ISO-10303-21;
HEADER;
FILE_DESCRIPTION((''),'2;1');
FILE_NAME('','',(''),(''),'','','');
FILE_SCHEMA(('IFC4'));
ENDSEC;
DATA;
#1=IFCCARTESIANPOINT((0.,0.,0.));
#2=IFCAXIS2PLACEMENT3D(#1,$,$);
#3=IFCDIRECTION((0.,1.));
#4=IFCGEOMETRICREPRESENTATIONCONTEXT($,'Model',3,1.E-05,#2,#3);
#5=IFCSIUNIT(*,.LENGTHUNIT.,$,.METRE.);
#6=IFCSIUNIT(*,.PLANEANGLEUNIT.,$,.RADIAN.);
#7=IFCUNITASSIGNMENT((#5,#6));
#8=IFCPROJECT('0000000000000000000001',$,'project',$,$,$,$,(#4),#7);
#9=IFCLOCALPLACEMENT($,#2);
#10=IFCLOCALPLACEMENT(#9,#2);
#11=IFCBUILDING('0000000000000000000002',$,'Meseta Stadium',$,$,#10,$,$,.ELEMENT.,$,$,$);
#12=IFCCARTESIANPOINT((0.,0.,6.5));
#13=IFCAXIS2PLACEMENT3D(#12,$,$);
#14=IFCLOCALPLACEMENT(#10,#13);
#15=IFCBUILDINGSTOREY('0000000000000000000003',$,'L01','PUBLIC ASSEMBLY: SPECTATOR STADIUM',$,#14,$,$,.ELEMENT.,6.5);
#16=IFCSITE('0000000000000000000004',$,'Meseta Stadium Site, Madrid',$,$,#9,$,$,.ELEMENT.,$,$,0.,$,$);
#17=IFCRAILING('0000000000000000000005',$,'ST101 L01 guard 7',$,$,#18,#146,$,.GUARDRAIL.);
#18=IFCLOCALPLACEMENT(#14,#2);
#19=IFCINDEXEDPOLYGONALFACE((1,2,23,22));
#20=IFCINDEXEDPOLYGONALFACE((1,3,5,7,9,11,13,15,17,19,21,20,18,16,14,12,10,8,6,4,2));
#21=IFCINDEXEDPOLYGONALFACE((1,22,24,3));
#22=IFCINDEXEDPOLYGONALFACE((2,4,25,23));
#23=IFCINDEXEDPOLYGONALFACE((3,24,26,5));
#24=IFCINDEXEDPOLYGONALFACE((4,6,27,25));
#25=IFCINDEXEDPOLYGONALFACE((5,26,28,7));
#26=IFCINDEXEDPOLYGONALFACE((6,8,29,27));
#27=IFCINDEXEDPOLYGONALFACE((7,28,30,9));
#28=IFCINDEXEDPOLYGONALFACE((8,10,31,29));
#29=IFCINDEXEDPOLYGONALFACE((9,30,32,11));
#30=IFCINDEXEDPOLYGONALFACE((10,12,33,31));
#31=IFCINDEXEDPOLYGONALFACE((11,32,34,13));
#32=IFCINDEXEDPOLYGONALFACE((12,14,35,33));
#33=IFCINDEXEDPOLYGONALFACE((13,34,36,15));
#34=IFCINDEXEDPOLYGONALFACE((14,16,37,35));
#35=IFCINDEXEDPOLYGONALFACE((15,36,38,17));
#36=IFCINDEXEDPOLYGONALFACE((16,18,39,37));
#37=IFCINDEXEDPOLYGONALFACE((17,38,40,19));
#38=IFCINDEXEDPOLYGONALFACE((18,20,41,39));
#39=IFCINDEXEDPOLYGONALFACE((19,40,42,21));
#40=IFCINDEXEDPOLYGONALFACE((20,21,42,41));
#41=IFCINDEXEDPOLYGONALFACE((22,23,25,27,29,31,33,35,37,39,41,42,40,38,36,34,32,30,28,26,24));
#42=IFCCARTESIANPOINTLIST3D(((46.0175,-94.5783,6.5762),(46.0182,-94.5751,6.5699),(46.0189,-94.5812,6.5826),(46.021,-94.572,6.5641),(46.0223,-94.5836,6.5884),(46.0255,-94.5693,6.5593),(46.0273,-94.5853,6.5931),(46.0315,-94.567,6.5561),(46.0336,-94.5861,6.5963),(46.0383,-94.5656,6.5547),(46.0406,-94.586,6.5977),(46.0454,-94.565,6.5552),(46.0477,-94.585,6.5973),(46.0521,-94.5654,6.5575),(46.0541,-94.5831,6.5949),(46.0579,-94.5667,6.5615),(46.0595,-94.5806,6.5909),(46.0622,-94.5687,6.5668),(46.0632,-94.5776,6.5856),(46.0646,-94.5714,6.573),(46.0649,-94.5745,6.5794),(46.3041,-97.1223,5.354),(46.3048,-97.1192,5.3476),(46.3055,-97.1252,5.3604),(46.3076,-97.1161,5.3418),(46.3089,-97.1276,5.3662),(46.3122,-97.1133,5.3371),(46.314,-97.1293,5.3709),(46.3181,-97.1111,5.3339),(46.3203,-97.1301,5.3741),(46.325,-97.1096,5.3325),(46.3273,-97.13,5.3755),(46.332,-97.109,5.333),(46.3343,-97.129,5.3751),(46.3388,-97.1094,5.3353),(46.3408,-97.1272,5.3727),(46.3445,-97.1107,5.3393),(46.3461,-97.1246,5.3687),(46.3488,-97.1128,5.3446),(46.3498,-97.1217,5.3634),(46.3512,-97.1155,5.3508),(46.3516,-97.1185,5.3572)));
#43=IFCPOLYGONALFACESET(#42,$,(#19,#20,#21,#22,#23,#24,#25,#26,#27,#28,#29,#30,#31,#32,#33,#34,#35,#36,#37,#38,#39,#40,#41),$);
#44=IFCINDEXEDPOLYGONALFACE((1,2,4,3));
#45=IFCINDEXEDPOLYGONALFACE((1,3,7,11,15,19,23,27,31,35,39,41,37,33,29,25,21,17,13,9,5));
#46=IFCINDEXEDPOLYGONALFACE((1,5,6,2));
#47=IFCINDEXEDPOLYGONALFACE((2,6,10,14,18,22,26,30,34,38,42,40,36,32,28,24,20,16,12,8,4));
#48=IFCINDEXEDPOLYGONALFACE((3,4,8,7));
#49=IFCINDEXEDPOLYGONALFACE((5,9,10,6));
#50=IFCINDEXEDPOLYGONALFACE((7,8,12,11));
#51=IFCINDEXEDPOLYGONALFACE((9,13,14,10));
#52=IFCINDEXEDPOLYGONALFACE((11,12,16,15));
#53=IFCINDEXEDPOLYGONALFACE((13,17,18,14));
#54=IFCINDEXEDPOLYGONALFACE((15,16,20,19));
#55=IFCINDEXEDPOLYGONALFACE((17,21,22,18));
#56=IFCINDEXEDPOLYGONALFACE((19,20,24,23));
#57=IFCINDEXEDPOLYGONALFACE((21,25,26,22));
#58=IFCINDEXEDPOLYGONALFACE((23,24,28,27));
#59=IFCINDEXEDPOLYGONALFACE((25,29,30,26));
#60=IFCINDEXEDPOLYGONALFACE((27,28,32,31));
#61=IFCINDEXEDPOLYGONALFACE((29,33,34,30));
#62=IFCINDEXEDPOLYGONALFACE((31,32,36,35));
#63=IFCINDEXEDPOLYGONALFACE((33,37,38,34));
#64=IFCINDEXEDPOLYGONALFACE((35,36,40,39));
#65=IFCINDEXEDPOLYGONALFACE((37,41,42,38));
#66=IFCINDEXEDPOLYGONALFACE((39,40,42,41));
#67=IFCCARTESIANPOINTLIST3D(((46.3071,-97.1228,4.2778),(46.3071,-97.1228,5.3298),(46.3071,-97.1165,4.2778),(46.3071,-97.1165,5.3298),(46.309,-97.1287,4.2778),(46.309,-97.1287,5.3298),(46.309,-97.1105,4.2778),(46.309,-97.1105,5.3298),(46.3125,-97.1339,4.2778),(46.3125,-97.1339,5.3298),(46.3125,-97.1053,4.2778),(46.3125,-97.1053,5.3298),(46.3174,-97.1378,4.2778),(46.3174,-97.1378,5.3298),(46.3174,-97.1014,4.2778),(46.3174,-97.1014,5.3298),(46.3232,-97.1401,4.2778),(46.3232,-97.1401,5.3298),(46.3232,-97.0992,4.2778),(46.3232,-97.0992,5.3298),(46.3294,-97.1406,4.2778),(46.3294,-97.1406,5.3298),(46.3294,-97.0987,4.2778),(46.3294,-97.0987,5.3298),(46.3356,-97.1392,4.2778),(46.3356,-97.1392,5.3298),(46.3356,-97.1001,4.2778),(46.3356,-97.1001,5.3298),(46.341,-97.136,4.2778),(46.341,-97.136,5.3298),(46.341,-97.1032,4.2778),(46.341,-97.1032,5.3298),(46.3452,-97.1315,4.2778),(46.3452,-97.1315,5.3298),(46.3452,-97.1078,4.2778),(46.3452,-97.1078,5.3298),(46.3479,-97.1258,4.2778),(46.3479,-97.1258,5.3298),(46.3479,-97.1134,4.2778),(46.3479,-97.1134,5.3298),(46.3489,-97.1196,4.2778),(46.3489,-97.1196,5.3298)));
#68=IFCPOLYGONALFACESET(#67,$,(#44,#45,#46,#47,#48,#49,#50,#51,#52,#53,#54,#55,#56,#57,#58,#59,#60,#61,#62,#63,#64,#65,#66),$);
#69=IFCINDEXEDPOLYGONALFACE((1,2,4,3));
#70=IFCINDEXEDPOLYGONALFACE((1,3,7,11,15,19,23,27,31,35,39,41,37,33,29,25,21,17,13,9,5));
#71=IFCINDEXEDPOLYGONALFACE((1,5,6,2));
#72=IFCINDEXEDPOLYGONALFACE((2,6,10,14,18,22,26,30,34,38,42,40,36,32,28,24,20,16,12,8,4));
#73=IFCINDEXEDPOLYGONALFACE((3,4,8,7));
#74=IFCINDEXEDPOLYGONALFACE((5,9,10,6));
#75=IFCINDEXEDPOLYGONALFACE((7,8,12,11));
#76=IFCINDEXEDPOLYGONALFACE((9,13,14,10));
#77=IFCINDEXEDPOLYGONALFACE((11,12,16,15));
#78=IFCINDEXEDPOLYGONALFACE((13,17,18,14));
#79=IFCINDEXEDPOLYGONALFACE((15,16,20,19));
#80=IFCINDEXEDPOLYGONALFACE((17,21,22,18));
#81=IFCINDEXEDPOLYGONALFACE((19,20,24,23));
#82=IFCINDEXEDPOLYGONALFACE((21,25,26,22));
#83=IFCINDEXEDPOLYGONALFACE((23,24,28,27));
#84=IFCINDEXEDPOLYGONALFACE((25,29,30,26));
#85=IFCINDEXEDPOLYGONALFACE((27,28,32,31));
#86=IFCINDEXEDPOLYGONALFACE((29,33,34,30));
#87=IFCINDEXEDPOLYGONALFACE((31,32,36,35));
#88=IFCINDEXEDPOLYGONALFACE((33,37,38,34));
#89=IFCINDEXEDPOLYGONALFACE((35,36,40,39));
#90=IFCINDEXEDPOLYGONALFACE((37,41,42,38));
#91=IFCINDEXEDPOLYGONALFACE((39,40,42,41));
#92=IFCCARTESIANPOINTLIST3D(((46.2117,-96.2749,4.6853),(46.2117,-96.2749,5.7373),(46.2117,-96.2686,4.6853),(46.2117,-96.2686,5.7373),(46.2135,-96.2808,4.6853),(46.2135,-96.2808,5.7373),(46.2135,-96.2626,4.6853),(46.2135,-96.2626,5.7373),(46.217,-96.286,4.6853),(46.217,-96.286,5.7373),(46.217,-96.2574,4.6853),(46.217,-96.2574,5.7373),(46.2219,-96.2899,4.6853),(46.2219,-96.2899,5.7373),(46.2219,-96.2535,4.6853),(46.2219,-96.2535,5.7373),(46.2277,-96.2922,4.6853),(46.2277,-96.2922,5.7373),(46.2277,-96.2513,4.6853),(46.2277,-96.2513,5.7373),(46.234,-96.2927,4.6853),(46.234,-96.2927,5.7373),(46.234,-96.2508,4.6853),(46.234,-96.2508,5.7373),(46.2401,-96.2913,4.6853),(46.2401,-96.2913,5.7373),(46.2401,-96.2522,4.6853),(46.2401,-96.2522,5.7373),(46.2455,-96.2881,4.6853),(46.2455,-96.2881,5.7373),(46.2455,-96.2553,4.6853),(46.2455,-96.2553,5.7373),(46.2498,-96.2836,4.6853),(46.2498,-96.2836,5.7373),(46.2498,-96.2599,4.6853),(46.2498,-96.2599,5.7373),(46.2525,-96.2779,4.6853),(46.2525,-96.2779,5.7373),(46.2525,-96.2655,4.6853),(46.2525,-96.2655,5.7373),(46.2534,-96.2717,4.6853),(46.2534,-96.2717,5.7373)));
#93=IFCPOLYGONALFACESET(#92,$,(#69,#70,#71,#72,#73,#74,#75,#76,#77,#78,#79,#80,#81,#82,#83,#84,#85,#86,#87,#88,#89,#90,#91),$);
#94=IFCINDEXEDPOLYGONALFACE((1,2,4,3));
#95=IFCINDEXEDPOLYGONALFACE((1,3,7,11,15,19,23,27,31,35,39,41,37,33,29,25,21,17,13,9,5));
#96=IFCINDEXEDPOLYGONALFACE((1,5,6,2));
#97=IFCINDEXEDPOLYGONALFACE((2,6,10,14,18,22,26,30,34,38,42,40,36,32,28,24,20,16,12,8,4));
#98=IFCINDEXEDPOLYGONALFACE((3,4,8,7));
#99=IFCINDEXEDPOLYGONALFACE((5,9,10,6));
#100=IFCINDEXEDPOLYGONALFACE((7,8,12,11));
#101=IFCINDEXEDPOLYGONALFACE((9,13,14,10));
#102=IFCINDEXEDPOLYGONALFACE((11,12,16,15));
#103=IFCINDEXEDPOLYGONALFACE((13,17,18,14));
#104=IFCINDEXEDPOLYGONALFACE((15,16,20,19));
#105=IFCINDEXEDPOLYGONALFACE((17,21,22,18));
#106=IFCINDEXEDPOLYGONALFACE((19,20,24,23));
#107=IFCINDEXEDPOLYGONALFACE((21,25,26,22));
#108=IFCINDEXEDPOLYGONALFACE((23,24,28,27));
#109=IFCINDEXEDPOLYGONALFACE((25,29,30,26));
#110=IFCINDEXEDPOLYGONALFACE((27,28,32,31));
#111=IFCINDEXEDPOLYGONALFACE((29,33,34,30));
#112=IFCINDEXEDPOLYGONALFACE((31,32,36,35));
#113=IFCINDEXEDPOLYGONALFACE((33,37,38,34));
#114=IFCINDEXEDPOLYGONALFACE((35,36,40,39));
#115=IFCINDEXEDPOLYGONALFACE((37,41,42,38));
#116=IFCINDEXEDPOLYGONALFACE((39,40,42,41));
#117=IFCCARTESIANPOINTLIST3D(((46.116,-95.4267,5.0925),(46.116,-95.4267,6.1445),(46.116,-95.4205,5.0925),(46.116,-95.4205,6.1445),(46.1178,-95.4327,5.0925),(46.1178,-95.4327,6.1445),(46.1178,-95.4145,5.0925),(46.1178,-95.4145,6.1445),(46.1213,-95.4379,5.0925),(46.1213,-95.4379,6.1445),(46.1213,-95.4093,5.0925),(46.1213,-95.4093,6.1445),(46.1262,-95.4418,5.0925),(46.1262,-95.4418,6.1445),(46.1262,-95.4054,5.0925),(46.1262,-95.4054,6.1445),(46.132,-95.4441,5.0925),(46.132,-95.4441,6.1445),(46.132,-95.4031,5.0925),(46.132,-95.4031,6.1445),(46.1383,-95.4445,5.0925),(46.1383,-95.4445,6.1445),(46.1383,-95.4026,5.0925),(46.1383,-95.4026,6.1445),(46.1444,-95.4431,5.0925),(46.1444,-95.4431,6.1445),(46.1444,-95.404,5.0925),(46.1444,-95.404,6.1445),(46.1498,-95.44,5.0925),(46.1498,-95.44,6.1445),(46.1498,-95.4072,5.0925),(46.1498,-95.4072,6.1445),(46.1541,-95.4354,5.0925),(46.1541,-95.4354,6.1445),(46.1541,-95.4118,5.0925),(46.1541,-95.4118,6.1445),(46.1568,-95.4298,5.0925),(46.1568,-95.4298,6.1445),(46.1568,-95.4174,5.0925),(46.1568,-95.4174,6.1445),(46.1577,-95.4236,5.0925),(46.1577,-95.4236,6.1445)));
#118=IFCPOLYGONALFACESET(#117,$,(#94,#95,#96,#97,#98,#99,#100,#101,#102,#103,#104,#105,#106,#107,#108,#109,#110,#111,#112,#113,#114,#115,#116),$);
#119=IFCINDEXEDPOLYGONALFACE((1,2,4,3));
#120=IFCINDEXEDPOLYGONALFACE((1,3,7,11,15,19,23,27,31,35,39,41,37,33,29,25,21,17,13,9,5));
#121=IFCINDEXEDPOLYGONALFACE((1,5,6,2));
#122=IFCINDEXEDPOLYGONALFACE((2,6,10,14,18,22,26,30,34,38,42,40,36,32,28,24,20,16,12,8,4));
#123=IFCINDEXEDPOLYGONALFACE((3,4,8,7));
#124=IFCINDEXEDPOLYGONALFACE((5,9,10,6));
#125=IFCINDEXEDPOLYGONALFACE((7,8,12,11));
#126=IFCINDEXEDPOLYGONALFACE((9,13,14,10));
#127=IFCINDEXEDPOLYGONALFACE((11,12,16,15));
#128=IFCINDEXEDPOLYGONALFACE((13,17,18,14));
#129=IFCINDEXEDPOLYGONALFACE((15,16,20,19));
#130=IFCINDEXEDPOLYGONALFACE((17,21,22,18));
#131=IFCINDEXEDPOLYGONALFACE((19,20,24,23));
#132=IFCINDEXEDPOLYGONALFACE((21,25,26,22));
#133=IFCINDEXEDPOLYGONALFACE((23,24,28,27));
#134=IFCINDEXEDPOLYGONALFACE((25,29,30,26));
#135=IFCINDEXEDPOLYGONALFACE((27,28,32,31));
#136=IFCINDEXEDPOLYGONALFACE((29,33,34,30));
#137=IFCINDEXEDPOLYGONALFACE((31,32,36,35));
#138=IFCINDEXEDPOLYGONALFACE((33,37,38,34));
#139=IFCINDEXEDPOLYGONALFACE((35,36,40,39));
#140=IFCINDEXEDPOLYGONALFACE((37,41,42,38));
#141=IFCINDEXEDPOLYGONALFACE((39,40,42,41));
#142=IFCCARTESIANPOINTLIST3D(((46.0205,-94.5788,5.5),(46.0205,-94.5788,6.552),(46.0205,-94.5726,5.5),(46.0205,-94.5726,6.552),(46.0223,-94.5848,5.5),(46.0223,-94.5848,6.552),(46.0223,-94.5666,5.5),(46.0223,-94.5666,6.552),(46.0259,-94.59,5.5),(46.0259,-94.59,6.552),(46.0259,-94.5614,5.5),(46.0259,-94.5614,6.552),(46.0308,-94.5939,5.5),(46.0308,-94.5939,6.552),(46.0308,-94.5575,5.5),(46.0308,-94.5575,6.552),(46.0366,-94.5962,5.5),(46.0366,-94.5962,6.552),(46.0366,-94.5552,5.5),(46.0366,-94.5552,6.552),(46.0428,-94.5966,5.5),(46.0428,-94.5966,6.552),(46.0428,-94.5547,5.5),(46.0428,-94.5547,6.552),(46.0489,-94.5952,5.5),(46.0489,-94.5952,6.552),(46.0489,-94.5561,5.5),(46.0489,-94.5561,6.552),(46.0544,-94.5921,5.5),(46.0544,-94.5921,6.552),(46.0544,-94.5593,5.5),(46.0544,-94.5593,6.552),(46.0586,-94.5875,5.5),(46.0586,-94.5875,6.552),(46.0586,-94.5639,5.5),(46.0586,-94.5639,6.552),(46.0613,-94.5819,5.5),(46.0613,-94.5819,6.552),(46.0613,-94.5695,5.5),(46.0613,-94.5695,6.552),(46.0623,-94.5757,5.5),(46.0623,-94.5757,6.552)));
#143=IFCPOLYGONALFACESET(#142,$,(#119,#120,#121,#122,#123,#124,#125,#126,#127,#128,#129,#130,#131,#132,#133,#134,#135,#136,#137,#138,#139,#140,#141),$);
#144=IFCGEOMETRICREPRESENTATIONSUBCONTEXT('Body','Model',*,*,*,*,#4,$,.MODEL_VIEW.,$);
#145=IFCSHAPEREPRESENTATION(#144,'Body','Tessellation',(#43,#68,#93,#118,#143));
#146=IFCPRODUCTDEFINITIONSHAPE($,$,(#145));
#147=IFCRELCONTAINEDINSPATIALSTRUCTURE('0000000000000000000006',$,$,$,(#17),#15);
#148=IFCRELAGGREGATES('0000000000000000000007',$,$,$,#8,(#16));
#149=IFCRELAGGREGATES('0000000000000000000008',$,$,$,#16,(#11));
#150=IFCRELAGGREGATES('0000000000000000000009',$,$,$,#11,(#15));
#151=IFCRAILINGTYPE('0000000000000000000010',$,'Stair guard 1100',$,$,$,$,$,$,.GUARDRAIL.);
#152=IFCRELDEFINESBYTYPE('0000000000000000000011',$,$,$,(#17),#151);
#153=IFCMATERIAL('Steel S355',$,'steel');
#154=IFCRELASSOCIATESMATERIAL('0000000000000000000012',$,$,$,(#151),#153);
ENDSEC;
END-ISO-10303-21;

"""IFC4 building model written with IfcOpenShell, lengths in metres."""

from ifc_helpers import new_model, si_unit, direction, frame, origin, origin_2d, place, context, subcontext, project, spatial, circle, extrude, material, type_object, element, save


model = new_model("IFC4")

# Units and contexts
model_context = context("Model", 3, precision=1e-05, world=origin(), true_north=direction((0.0, 1.0)))
body_context = subcontext(model_context, "Body", "Model", "MODEL_VIEW")
ifc_project = project(units=[si_unit("LENGTHUNIT", "METRE"), si_unit("PLANEANGLEUNIT", "RADIAN")], contexts=[model_context])

# Site, building, storey
site_placement = place(None, origin())
site = spatial("IfcSite", under=ifc_project, at=site_placement, Name="Meseta Stadium Site, Madrid", CompositionType="ELEMENT", RefElevation=0.0)
building_placement = place(site_placement, origin())
building = spatial("IfcBuilding", under=site, at=building_placement, Name="Meseta Stadium", CompositionType="ELEMENT")
storey_placement = place(building_placement, frame((0.0, 0.0, 6.5)))
storey = spatial("IfcBuildingStorey", under=building, at=storey_placement, Name="L01", Description="PUBLIC ASSEMBLY: SPECTATOR STADIUM", CompositionType="ELEMENT", Elevation=6.5)

# Railing
ifc_material_1 = material(Name="Steel S355", Category="steel")
railing_type_1 = type_object("IfcRailingType", Name="Stair guard 1100", PredefinedType="GUARDRAIL", material=ifc_material_1)
railing_1_placement = place(storey_placement, frame((46.3279, -97.1196, 4.2778)))
element("IfcRailing", 1, at=railing_1_placement, inside=storey, type_object=railing_type_1, Name="ST101 L01 guard 7", PredefinedType="GUARDRAIL", context=body_context, shape_type="SweptSolid", body=[
    extrude(circle(Radius=0.0239, at=origin_2d()), frame((0.0, 0.0, 1.0762), z_axis=(-0.101036, 0.896762, 0.430824), x_axis=(-0.993713, -0.11196, 0.0)), (0.0, 0.0, 1.0), 2.8369),
    extrude(circle(Radius=0.021, at=origin_2d()), origin(), (0.0, 0.0, 1.0), 1.052),
    extrude(circle(Radius=0.021, at=origin_2d()), frame((-0.0955, 0.8479, 0.4075)), (0.0, 0.0, 1.0), 1.052),
    extrude(circle(Radius=0.021, at=origin_2d()), frame((-0.1912, 1.696, 0.8147)), (0.0, 0.0, 1.0), 1.052),
    extrude(circle(Radius=0.021, at=origin_2d()), frame((-0.2866, 2.5439, 1.2222)), (0.0, 0.0, 1.0), 1.052),
])

save(model, "model.ifc")
